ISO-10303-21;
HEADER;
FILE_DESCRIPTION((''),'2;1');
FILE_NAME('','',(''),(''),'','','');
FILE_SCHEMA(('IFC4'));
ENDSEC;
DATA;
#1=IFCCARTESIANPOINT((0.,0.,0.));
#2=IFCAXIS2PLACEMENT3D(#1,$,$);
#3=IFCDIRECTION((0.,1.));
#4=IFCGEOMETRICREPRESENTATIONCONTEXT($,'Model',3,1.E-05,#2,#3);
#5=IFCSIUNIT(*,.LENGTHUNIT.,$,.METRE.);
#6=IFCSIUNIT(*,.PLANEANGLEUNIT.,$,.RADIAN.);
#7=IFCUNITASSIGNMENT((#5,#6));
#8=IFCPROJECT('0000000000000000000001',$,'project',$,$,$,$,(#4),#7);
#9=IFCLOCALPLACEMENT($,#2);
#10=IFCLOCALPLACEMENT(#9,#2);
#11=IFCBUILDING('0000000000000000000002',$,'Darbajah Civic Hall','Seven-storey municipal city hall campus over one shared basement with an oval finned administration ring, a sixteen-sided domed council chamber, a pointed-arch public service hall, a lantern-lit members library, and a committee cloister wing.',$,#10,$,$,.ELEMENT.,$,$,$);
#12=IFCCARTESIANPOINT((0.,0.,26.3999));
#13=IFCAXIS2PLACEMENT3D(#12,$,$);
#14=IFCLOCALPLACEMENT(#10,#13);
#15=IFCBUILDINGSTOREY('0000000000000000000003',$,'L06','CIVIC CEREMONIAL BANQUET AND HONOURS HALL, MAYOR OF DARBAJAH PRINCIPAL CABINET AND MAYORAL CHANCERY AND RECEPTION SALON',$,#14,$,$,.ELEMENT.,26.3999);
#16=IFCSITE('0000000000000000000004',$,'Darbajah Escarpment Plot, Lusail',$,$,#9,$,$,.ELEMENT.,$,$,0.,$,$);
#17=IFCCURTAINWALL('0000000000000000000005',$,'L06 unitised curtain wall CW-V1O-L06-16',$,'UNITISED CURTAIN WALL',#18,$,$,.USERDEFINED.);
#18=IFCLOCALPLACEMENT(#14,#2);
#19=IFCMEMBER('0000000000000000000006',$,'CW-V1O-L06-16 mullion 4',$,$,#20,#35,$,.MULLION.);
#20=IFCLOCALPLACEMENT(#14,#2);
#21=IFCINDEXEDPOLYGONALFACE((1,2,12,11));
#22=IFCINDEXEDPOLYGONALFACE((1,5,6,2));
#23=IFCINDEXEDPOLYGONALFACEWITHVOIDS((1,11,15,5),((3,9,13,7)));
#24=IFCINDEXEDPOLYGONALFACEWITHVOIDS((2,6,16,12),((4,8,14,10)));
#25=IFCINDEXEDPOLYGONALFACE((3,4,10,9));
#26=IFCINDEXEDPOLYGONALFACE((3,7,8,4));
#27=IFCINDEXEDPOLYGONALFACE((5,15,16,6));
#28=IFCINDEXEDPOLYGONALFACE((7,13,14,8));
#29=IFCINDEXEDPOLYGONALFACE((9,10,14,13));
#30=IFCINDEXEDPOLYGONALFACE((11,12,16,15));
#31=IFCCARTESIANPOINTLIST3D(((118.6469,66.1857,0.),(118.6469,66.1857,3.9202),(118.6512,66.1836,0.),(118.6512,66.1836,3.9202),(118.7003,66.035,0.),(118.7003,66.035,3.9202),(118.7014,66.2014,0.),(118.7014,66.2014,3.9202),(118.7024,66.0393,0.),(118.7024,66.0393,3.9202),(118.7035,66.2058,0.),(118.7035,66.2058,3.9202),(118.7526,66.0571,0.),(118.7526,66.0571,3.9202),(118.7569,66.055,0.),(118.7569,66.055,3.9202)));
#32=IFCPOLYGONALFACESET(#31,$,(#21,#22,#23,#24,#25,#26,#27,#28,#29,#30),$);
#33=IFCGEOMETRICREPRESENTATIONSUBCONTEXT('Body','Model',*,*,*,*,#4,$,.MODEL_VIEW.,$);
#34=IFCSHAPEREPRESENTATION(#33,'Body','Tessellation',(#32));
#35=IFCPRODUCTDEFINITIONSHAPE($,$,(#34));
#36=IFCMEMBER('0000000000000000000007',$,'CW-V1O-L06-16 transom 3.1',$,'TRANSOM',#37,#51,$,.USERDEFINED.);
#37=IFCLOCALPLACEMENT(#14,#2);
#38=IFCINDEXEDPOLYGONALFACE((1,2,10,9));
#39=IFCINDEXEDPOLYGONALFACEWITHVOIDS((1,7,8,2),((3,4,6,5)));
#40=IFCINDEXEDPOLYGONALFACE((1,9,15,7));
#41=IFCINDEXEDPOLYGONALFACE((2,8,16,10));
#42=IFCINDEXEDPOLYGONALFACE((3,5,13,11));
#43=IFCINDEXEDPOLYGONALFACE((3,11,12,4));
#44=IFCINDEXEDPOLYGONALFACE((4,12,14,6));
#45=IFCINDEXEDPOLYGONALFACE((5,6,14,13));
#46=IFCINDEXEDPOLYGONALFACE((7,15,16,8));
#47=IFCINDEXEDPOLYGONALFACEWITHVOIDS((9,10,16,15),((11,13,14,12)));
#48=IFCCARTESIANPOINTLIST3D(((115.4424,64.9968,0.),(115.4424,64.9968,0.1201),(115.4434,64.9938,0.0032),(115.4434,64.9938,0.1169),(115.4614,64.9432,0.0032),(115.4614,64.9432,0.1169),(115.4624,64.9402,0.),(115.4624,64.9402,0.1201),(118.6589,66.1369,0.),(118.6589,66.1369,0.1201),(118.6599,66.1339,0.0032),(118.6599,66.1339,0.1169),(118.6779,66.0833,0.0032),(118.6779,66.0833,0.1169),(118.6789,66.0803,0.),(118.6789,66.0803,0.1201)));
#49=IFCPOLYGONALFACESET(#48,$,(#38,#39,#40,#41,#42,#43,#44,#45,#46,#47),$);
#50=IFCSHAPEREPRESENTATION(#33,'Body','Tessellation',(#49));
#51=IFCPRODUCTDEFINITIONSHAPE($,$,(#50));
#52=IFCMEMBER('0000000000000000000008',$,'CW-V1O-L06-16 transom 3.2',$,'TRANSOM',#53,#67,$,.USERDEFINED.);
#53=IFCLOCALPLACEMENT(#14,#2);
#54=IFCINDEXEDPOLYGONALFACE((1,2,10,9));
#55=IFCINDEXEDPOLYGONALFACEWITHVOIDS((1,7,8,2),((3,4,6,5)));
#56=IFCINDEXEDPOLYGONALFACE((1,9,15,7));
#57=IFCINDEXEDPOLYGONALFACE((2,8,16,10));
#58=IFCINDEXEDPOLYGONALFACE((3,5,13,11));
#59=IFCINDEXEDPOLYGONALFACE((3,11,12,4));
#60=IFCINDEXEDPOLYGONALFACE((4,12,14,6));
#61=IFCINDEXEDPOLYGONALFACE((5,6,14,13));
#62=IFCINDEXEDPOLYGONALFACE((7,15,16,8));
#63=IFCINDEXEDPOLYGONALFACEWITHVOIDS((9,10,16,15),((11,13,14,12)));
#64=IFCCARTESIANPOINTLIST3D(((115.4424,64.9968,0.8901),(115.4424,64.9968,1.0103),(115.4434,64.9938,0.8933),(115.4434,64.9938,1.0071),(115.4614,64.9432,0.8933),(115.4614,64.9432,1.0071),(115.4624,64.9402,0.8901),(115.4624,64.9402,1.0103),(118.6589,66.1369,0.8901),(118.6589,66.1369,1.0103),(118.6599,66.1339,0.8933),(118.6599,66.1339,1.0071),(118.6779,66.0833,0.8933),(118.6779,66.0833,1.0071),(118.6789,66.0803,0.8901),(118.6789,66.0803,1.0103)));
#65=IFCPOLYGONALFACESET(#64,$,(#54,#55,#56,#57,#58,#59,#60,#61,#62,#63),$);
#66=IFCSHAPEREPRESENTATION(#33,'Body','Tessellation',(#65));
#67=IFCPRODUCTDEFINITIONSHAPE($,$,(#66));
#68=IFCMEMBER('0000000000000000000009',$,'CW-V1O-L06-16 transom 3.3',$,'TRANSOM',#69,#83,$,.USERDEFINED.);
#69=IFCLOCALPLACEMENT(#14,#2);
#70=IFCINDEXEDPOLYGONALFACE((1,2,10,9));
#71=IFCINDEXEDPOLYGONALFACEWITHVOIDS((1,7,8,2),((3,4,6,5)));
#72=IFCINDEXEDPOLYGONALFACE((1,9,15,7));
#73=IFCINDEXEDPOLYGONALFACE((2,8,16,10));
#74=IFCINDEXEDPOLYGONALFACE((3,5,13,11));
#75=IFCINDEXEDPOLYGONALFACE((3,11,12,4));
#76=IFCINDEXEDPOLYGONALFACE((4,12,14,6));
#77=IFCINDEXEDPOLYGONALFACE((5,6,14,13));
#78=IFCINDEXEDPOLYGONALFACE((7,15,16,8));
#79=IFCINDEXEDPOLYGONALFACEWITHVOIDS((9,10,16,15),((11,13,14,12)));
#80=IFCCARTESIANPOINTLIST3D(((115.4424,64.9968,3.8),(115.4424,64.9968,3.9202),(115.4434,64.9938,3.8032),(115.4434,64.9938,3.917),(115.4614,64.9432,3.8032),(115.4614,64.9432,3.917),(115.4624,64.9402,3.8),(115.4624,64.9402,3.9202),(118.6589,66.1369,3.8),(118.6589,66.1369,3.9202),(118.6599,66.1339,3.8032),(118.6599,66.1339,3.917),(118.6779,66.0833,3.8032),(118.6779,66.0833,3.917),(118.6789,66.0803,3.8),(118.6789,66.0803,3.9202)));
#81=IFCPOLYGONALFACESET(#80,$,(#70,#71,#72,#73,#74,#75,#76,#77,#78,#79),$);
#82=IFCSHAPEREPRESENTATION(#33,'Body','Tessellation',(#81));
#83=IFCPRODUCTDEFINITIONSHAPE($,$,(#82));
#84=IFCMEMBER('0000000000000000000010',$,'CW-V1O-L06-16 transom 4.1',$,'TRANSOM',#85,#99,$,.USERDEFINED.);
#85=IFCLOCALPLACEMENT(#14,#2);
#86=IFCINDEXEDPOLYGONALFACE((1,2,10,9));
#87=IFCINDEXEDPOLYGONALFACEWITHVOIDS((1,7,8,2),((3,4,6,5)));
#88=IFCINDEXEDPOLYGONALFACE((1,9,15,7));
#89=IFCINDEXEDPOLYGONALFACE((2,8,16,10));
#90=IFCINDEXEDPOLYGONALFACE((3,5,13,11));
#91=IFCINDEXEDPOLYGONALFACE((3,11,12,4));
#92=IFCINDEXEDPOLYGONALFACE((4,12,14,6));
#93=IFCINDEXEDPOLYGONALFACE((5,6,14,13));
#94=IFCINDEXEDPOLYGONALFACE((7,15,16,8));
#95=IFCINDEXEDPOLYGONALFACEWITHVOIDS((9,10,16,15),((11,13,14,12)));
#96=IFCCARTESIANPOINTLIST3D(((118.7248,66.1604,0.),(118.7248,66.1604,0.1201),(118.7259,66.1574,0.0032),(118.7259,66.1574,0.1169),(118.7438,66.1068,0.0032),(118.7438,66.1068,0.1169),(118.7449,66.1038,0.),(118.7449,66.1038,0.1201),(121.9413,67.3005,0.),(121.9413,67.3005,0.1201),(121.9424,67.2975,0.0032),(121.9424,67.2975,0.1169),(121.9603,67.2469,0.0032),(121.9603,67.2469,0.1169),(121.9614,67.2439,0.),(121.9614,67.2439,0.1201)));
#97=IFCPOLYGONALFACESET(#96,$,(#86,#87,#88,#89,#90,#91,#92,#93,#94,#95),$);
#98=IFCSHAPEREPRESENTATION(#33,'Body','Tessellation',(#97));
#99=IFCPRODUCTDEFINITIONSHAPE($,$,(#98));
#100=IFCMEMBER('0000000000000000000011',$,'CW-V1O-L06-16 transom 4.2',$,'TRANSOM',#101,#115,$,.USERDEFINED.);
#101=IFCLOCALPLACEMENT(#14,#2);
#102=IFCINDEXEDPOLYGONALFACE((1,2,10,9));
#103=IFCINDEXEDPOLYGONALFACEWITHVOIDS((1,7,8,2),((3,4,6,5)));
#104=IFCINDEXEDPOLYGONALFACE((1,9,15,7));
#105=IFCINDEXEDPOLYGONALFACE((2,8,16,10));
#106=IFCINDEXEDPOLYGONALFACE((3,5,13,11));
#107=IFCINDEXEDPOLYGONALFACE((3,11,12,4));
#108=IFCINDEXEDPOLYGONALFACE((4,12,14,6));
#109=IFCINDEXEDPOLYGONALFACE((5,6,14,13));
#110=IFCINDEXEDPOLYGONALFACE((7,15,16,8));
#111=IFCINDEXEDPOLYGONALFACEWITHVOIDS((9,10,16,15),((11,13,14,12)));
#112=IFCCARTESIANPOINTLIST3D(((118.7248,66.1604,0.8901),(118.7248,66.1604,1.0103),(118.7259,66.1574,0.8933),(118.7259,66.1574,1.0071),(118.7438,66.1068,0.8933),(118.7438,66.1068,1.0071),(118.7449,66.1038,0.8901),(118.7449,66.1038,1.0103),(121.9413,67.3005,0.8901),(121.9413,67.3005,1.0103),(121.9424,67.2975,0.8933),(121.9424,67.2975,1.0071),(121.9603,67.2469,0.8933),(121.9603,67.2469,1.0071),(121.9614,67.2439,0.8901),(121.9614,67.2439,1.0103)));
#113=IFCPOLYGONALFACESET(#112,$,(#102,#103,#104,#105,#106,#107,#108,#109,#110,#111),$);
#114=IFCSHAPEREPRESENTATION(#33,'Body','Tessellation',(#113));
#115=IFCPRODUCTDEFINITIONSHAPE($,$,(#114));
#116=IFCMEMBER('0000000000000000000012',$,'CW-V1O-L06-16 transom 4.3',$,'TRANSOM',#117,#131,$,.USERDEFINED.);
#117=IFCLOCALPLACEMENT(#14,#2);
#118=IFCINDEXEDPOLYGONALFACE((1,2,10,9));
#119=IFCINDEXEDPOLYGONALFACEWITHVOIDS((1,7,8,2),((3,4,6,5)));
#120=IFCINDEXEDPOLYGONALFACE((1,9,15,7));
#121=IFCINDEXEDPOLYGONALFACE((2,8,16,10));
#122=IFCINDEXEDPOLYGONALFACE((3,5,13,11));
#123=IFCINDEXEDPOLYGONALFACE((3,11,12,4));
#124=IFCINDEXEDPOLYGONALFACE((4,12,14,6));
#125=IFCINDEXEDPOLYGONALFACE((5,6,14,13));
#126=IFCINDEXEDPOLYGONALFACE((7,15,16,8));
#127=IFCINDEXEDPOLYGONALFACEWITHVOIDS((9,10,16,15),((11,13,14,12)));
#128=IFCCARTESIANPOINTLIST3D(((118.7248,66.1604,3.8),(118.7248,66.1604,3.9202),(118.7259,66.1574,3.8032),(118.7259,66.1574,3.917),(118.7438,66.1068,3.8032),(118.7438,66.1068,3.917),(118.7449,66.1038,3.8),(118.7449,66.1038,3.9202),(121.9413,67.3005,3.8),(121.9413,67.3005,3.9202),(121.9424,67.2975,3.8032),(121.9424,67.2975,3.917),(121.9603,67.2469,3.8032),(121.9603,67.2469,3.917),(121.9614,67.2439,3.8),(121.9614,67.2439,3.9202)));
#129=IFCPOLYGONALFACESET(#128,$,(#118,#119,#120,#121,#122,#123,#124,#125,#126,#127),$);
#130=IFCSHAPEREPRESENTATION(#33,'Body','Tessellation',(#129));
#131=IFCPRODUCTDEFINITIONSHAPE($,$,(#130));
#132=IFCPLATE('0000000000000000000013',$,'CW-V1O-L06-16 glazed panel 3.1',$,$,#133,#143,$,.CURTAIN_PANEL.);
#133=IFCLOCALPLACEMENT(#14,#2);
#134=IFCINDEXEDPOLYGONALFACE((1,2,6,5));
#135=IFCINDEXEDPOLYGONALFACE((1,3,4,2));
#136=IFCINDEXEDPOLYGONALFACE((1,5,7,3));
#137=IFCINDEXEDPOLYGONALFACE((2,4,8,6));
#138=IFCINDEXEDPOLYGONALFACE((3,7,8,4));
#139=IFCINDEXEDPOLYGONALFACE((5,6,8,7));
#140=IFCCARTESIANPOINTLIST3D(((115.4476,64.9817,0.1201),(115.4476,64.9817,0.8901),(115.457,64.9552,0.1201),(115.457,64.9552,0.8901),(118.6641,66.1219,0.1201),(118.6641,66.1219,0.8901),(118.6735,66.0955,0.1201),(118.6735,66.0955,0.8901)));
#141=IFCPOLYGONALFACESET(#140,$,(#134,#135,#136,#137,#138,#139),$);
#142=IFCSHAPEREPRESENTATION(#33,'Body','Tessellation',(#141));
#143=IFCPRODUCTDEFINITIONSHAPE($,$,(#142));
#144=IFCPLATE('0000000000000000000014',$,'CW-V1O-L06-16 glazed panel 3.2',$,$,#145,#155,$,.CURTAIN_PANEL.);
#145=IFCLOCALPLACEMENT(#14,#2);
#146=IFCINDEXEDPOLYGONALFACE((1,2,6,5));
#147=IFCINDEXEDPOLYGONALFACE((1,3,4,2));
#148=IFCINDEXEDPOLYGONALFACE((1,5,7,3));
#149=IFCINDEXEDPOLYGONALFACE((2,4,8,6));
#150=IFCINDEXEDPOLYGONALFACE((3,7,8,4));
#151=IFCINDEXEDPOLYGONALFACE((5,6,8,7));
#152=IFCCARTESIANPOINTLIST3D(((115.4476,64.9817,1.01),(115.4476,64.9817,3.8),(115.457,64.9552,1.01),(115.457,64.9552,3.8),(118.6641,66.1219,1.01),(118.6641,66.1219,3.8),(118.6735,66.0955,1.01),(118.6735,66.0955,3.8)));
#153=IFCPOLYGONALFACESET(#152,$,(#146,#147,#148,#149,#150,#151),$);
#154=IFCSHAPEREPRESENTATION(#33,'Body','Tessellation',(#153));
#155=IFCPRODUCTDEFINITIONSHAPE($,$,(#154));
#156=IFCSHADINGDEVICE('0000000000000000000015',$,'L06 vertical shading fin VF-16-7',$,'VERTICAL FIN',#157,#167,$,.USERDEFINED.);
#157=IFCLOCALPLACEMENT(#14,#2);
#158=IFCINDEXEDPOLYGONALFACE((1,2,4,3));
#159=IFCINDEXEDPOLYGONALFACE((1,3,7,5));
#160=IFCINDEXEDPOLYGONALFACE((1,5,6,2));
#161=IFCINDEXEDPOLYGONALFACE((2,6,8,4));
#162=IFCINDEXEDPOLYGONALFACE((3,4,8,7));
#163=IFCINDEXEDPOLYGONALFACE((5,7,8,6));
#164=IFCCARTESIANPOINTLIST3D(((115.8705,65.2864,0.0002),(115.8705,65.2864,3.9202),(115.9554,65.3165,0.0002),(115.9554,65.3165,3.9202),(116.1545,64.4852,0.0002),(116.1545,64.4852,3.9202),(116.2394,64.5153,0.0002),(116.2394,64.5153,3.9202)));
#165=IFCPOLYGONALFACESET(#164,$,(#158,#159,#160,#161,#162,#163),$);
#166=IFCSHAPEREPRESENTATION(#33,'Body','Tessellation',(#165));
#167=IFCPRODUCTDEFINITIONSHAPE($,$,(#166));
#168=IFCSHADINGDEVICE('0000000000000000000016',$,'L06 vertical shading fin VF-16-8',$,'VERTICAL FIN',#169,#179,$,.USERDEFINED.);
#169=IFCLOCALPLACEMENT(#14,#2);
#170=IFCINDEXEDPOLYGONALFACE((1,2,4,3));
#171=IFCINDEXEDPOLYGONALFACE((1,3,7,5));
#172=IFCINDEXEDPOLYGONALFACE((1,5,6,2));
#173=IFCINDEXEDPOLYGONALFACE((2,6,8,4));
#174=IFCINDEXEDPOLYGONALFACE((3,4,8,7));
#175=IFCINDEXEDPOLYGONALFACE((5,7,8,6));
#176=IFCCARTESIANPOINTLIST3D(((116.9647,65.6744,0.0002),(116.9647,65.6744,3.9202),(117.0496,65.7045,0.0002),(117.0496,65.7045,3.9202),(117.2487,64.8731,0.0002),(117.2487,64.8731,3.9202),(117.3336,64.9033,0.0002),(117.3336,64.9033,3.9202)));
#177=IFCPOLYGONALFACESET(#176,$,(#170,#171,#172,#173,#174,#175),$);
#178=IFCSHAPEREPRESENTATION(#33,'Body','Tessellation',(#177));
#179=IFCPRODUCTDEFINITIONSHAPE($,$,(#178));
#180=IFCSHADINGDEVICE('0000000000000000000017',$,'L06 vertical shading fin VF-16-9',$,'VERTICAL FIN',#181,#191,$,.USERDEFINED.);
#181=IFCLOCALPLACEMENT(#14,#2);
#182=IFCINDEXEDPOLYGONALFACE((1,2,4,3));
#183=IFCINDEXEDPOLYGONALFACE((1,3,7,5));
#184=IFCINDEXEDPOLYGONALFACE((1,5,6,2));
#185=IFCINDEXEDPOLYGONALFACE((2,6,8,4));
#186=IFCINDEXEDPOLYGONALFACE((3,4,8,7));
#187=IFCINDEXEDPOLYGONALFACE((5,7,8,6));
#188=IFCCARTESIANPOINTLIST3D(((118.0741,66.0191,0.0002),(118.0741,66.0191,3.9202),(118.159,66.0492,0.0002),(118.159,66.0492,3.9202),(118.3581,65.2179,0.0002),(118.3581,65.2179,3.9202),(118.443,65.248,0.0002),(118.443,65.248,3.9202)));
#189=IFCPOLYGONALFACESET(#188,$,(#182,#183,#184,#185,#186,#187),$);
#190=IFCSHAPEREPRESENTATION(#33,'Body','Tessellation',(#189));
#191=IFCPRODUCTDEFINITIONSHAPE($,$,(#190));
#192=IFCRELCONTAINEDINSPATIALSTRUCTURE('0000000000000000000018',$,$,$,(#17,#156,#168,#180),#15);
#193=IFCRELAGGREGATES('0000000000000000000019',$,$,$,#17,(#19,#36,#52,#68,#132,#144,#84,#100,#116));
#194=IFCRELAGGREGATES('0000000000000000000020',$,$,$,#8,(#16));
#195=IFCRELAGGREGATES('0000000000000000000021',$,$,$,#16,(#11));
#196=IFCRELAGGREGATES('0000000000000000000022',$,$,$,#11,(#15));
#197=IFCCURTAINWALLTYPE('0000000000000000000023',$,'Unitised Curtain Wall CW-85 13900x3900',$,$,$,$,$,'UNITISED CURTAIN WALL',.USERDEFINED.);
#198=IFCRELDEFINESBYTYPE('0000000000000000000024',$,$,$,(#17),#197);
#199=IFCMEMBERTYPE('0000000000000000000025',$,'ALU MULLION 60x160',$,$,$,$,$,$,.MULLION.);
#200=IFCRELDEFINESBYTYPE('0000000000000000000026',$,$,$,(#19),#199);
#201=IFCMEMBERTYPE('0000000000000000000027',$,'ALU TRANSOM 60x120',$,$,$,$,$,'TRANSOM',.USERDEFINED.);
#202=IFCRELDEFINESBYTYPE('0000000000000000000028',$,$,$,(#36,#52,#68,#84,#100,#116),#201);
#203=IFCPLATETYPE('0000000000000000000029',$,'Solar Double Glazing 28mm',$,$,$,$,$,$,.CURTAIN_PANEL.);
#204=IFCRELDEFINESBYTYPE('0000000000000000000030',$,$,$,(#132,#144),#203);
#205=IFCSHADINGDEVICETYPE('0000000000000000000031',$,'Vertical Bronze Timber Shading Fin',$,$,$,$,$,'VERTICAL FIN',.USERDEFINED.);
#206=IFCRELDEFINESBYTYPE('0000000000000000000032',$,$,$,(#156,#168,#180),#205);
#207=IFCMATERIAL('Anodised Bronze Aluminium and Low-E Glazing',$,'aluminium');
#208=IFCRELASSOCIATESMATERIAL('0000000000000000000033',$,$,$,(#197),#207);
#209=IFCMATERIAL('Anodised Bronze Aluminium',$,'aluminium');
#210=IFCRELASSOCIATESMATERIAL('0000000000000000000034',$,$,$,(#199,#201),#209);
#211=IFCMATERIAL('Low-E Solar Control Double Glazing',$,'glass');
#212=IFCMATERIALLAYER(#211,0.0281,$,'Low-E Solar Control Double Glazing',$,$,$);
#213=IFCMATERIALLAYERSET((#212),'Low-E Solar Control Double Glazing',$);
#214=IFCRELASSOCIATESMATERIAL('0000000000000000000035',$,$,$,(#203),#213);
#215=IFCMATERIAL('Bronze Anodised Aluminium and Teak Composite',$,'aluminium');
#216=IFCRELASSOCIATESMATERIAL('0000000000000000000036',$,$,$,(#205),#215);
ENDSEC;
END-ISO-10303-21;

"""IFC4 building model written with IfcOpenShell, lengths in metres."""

from ifc_helpers import new_model, si_unit, direction, frame, origin, origin_2d, place, context, subcontext, project, spatial, rectangle, hollow_rectangle, extrude, material, layer, layer_set, material_profile, profile_set, type_object, element, aggregate, save


model = new_model("IFC4")

# Units and contexts
model_context = context("Model", 3, precision=1e-05, world=origin(), true_north=direction((0.0, 1.0)))
body_context = subcontext(model_context, "Body", "Model", "MODEL_VIEW")
ifc_project = project(units=[si_unit("LENGTHUNIT", "METRE"), si_unit("PLANEANGLEUNIT", "RADIAN")], contexts=[model_context])

# Site, building, storey
site_placement = place(None, origin())
site = spatial("IfcSite", under=ifc_project, at=site_placement, Name="Darbajah Escarpment Plot, Lusail", CompositionType="ELEMENT", RefElevation=0.0)
building_placement = place(site_placement, origin())
building = spatial("IfcBuilding", under=site, at=building_placement, Name="Darbajah Civic Hall", Description="Seven-storey municipal city hall campus over one shared basement with an oval finned administration ring, a sixteen-sided domed council chamber, a pointed-arch public service hall, a lantern-lit members library, and a committee cloister wing.", CompositionType="ELEMENT")
storey_placement = place(building_placement, frame((0.0, 0.0, 26.3999)))
storey = spatial("IfcBuildingStorey", under=building, at=storey_placement, Name="L06", Description="CIVIC CEREMONIAL BANQUET AND HONOURS HALL, MAYOR OF DARBAJAH PRINCIPAL CABINET AND MAYORAL CHANCERY AND RECEPTION SALON", CompositionType="ELEMENT", Elevation=26.3999)

# Curtain wall, members, plates
ifc_material_1 = material(Name="Anodised Bronze Aluminium and Low-E Glazing", Category="aluminium")
curtain_wall_type = type_object("IfcCurtainWallType", Name="Unitised Curtain Wall CW-85 13900x3900", ElementType="UNITISED CURTAIN WALL", PredefinedType="USERDEFINED", material=ifc_material_1)
curtain_wall_placement = place(storey_placement, origin())
curtain_wall = element("IfcCurtainWall", 1, at=curtain_wall_placement, inside=storey, type_object=curtain_wall_type, Name="L06 unitised curtain wall CW-V1O-L06-16", ObjectType="UNITISED CURTAIN WALL", PredefinedType="USERDEFINED")
ifc_material_2 = material(Name="Anodised Bronze Aluminium", Category="aluminium")
ifc_material_profile_1 = material_profile(ifc_material_2, hollow_rectangle(XDim=0.0601, YDim=0.1599, WallThickness=0.0034, at=origin_2d()), Name="ALU MULLION 60x160")
ifc_profile_set_1 = profile_set([ifc_material_profile_1], Name="Anodised Bronze Aluminium")
member_type_1 = type_object("IfcMemberType", Name="ALU MULLION 60x160", PredefinedType="MULLION", material=ifc_profile_set_1)
member_1_placement = place(storey_placement, frame((118.7019, 66.1204, 0.0), z_axis=(0.0, 0.0, 1.0), x_axis=(0.942525, 0.334136, 0.0)))
member_1 = element("IfcMember", 2, at=member_1_placement, type_object=member_type_1, Name="CW-V1O-L06-16 mullion 4", PredefinedType="MULLION", context=body_context, shape_type="SweptSolid", body=[
    extrude(hollow_rectangle(XDim=0.0601, YDim=0.1599, WallThickness=0.0034, at=origin_2d()), origin(), (0.0, 0.0, 1.0), 3.9202),
])
ifc_material_profile_2 = material_profile(ifc_material_2, hollow_rectangle(XDim=0.0601, YDim=0.1201, WallThickness=0.0032, at=origin_2d()), Name="ALU TRANSOM 60x120")
ifc_profile_set_2 = profile_set([ifc_material_profile_2], Name="Anodised Bronze Aluminium")
member_type_2 = type_object("IfcMemberType", Name="ALU TRANSOM 60x120", ElementType="TRANSOM", PredefinedType="USERDEFINED", material=ifc_profile_set_2)
member_2_placement = place(storey_placement, frame((115.4524, 64.9685, 0.0601), z_axis=(0.94254, 0.334092, 0.0), x_axis=(-0.334092, 0.94254, 0.0)))
member_2 = element("IfcMember", 3, at=member_2_placement, type_object=member_type_2, Name="CW-V1O-L06-16 transom 3.1", ObjectType="TRANSOM", PredefinedType="USERDEFINED", context=body_context, shape_type="SweptSolid", body=[
    extrude(hollow_rectangle(XDim=0.0601, YDim=0.1201, WallThickness=0.0032, at=origin_2d()), origin(), (0.0, 0.0, 1.0), 3.4126),
])
member_3_placement = place(storey_placement, frame((115.4524, 64.9685, 0.9502), z_axis=(0.94254, 0.334092, 0.0), x_axis=(-0.334092, 0.94254, 0.0)))
member_3 = element("IfcMember", 4, at=member_3_placement, type_object=member_type_2, Name="CW-V1O-L06-16 transom 3.2", ObjectType="TRANSOM", PredefinedType="USERDEFINED", context=body_context, shape_type="SweptSolid", body=[
    extrude(hollow_rectangle(XDim=0.0601, YDim=0.1201, WallThickness=0.0032, at=origin_2d()), origin(), (0.0, 0.0, 1.0), 3.4126),
])
member_4_placement = place(storey_placement, frame((115.4524, 64.9685, 3.8601), z_axis=(0.94254, 0.334092, 0.0), x_axis=(-0.334092, 0.94254, 0.0)))
member_4 = element("IfcMember", 5, at=member_4_placement, type_object=member_type_2, Name="CW-V1O-L06-16 transom 3.3", ObjectType="TRANSOM", PredefinedType="USERDEFINED", context=body_context, shape_type="SweptSolid", body=[
    extrude(hollow_rectangle(XDim=0.0601, YDim=0.1201, WallThickness=0.0032, at=origin_2d()), origin(), (0.0, 0.0, 1.0), 3.4126),
])
member_5_placement = place(storey_placement, frame((118.7349, 66.1321, 0.0601), z_axis=(0.94254, 0.334092, 0.0), x_axis=(-0.334092, 0.94254, 0.0)))
member_5 = element("IfcMember", 6, at=member_5_placement, type_object=member_type_2, Name="CW-V1O-L06-16 transom 4.1", ObjectType="TRANSOM", PredefinedType="USERDEFINED", context=body_context, shape_type="SweptSolid", body=[
    extrude(hollow_rectangle(XDim=0.0601, YDim=0.1201, WallThickness=0.0032, at=origin_2d()), origin(), (0.0, 0.0, 1.0), 3.4126),
])
member_6_placement = place(storey_placement, frame((118.7349, 66.1321, 0.9502), z_axis=(0.94254, 0.334092, 0.0), x_axis=(-0.334092, 0.94254, 0.0)))
member_6 = element("IfcMember", 7, at=member_6_placement, type_object=member_type_2, Name="CW-V1O-L06-16 transom 4.2", ObjectType="TRANSOM", PredefinedType="USERDEFINED", context=body_context, shape_type="SweptSolid", body=[
    extrude(hollow_rectangle(XDim=0.0601, YDim=0.1201, WallThickness=0.0032, at=origin_2d()), origin(), (0.0, 0.0, 1.0), 3.4126),
])
member_7_placement = place(storey_placement, frame((118.7349, 66.1321, 3.8601), z_axis=(0.94254, 0.334092, 0.0), x_axis=(-0.334092, 0.94254, 0.0)))
member_7 = element("IfcMember", 8, at=member_7_placement, type_object=member_type_2, Name="CW-V1O-L06-16 transom 4.3", ObjectType="TRANSOM", PredefinedType="USERDEFINED", context=body_context, shape_type="SweptSolid", body=[
    extrude(hollow_rectangle(XDim=0.0601, YDim=0.1201, WallThickness=0.0032, at=origin_2d()), origin(), (0.0, 0.0, 1.0), 3.4126),
])
ifc_material_3 = material(Name="Low-E Solar Control Double Glazing", Category="glass")
ifc_layer = layer(ifc_material_3, 0.0281, Name="Low-E Solar Control Double Glazing")
ifc_layer_set = layer_set([ifc_layer], Name="Low-E Solar Control Double Glazing")
plate_type = type_object("IfcPlateType", Name="Solar Double Glazing 28mm", PredefinedType="CURTAIN_PANEL", material=ifc_layer_set)
plate_1_placement = place(storey_placement, frame((117.0605, 65.5386, 0.1201), z_axis=(0.0, 0.0, 1.0), x_axis=(0.942525, 0.334136, 0.0)))
plate_1 = element("IfcPlate", 9, at=plate_1_placement, type_object=plate_type, Name="CW-V1O-L06-16 glazed panel 3.1", PredefinedType="CURTAIN_PANEL", context=body_context, shape_type="SweptSolid", body=[
    extrude(rectangle(XDim=3.4126, YDim=0.0281, at=origin_2d()), origin(), (0.0, 0.0, 1.0), 0.77),
])
plate_2_placement = place(storey_placement, frame((117.0605, 65.5386, 1.01), z_axis=(0.0, 0.0, 1.0), x_axis=(0.942525, 0.334136, 0.0)))
plate_2 = element("IfcPlate", 10, at=plate_2_placement, type_object=plate_type, Name="CW-V1O-L06-16 glazed panel 3.2", PredefinedType="CURTAIN_PANEL", context=body_context, shape_type="SweptSolid", body=[
    extrude(rectangle(XDim=3.4126, YDim=0.0281, at=origin_2d()), origin(), (0.0, 0.0, 1.0), 2.79),
])
aggregate(curtain_wall, [member_1, member_2, member_3, member_4, plate_1, plate_2, member_5, member_6, member_7])

# Shading devices
ifc_material_4 = material(Name="Bronze Anodised Aluminium and Teak Composite", Category="aluminium")
shading_device_type = type_object("IfcShadingDeviceType", Name="Vertical Bronze Timber Shading Fin", ElementType="VERTICAL FIN", PredefinedType="USERDEFINED", material=ifc_material_4)
for number, where, z_axis, x_axis, name in (
    (11, (116.0549, 64.9009, 0.0002), (0.0, 0.0, 1.0), (0.334136, -0.942525, 0.0), "L06 vertical shading fin VF-16-7"),
    (12, (117.1492, 65.2888, 0.0002), (0.0, 0.0, 1.0), (0.334136, -0.942525, 0.0), "L06 vertical shading fin VF-16-8"),
    (13, (118.2585, 65.6335, 0.0002), (0.0, 0.0, 1.0), (0.334136, -0.942525, 0.0), "L06 vertical shading fin VF-16-9"),
):
    element("IfcShadingDevice", number, at=place(storey_placement, frame(where, z_axis=z_axis, x_axis=x_axis)), inside=storey, type_object=shading_device_type, Name=name, ObjectType="VERTICAL FIN", PredefinedType="USERDEFINED", context=body_context, shape_type="SweptSolid", body=[
        extrude(rectangle(XDim=0.8501, YDim=0.0901, at=origin_2d()), origin(), (0.0, 0.0, 1.0), 3.9199),
    ])

save(model, "model.ifc")
